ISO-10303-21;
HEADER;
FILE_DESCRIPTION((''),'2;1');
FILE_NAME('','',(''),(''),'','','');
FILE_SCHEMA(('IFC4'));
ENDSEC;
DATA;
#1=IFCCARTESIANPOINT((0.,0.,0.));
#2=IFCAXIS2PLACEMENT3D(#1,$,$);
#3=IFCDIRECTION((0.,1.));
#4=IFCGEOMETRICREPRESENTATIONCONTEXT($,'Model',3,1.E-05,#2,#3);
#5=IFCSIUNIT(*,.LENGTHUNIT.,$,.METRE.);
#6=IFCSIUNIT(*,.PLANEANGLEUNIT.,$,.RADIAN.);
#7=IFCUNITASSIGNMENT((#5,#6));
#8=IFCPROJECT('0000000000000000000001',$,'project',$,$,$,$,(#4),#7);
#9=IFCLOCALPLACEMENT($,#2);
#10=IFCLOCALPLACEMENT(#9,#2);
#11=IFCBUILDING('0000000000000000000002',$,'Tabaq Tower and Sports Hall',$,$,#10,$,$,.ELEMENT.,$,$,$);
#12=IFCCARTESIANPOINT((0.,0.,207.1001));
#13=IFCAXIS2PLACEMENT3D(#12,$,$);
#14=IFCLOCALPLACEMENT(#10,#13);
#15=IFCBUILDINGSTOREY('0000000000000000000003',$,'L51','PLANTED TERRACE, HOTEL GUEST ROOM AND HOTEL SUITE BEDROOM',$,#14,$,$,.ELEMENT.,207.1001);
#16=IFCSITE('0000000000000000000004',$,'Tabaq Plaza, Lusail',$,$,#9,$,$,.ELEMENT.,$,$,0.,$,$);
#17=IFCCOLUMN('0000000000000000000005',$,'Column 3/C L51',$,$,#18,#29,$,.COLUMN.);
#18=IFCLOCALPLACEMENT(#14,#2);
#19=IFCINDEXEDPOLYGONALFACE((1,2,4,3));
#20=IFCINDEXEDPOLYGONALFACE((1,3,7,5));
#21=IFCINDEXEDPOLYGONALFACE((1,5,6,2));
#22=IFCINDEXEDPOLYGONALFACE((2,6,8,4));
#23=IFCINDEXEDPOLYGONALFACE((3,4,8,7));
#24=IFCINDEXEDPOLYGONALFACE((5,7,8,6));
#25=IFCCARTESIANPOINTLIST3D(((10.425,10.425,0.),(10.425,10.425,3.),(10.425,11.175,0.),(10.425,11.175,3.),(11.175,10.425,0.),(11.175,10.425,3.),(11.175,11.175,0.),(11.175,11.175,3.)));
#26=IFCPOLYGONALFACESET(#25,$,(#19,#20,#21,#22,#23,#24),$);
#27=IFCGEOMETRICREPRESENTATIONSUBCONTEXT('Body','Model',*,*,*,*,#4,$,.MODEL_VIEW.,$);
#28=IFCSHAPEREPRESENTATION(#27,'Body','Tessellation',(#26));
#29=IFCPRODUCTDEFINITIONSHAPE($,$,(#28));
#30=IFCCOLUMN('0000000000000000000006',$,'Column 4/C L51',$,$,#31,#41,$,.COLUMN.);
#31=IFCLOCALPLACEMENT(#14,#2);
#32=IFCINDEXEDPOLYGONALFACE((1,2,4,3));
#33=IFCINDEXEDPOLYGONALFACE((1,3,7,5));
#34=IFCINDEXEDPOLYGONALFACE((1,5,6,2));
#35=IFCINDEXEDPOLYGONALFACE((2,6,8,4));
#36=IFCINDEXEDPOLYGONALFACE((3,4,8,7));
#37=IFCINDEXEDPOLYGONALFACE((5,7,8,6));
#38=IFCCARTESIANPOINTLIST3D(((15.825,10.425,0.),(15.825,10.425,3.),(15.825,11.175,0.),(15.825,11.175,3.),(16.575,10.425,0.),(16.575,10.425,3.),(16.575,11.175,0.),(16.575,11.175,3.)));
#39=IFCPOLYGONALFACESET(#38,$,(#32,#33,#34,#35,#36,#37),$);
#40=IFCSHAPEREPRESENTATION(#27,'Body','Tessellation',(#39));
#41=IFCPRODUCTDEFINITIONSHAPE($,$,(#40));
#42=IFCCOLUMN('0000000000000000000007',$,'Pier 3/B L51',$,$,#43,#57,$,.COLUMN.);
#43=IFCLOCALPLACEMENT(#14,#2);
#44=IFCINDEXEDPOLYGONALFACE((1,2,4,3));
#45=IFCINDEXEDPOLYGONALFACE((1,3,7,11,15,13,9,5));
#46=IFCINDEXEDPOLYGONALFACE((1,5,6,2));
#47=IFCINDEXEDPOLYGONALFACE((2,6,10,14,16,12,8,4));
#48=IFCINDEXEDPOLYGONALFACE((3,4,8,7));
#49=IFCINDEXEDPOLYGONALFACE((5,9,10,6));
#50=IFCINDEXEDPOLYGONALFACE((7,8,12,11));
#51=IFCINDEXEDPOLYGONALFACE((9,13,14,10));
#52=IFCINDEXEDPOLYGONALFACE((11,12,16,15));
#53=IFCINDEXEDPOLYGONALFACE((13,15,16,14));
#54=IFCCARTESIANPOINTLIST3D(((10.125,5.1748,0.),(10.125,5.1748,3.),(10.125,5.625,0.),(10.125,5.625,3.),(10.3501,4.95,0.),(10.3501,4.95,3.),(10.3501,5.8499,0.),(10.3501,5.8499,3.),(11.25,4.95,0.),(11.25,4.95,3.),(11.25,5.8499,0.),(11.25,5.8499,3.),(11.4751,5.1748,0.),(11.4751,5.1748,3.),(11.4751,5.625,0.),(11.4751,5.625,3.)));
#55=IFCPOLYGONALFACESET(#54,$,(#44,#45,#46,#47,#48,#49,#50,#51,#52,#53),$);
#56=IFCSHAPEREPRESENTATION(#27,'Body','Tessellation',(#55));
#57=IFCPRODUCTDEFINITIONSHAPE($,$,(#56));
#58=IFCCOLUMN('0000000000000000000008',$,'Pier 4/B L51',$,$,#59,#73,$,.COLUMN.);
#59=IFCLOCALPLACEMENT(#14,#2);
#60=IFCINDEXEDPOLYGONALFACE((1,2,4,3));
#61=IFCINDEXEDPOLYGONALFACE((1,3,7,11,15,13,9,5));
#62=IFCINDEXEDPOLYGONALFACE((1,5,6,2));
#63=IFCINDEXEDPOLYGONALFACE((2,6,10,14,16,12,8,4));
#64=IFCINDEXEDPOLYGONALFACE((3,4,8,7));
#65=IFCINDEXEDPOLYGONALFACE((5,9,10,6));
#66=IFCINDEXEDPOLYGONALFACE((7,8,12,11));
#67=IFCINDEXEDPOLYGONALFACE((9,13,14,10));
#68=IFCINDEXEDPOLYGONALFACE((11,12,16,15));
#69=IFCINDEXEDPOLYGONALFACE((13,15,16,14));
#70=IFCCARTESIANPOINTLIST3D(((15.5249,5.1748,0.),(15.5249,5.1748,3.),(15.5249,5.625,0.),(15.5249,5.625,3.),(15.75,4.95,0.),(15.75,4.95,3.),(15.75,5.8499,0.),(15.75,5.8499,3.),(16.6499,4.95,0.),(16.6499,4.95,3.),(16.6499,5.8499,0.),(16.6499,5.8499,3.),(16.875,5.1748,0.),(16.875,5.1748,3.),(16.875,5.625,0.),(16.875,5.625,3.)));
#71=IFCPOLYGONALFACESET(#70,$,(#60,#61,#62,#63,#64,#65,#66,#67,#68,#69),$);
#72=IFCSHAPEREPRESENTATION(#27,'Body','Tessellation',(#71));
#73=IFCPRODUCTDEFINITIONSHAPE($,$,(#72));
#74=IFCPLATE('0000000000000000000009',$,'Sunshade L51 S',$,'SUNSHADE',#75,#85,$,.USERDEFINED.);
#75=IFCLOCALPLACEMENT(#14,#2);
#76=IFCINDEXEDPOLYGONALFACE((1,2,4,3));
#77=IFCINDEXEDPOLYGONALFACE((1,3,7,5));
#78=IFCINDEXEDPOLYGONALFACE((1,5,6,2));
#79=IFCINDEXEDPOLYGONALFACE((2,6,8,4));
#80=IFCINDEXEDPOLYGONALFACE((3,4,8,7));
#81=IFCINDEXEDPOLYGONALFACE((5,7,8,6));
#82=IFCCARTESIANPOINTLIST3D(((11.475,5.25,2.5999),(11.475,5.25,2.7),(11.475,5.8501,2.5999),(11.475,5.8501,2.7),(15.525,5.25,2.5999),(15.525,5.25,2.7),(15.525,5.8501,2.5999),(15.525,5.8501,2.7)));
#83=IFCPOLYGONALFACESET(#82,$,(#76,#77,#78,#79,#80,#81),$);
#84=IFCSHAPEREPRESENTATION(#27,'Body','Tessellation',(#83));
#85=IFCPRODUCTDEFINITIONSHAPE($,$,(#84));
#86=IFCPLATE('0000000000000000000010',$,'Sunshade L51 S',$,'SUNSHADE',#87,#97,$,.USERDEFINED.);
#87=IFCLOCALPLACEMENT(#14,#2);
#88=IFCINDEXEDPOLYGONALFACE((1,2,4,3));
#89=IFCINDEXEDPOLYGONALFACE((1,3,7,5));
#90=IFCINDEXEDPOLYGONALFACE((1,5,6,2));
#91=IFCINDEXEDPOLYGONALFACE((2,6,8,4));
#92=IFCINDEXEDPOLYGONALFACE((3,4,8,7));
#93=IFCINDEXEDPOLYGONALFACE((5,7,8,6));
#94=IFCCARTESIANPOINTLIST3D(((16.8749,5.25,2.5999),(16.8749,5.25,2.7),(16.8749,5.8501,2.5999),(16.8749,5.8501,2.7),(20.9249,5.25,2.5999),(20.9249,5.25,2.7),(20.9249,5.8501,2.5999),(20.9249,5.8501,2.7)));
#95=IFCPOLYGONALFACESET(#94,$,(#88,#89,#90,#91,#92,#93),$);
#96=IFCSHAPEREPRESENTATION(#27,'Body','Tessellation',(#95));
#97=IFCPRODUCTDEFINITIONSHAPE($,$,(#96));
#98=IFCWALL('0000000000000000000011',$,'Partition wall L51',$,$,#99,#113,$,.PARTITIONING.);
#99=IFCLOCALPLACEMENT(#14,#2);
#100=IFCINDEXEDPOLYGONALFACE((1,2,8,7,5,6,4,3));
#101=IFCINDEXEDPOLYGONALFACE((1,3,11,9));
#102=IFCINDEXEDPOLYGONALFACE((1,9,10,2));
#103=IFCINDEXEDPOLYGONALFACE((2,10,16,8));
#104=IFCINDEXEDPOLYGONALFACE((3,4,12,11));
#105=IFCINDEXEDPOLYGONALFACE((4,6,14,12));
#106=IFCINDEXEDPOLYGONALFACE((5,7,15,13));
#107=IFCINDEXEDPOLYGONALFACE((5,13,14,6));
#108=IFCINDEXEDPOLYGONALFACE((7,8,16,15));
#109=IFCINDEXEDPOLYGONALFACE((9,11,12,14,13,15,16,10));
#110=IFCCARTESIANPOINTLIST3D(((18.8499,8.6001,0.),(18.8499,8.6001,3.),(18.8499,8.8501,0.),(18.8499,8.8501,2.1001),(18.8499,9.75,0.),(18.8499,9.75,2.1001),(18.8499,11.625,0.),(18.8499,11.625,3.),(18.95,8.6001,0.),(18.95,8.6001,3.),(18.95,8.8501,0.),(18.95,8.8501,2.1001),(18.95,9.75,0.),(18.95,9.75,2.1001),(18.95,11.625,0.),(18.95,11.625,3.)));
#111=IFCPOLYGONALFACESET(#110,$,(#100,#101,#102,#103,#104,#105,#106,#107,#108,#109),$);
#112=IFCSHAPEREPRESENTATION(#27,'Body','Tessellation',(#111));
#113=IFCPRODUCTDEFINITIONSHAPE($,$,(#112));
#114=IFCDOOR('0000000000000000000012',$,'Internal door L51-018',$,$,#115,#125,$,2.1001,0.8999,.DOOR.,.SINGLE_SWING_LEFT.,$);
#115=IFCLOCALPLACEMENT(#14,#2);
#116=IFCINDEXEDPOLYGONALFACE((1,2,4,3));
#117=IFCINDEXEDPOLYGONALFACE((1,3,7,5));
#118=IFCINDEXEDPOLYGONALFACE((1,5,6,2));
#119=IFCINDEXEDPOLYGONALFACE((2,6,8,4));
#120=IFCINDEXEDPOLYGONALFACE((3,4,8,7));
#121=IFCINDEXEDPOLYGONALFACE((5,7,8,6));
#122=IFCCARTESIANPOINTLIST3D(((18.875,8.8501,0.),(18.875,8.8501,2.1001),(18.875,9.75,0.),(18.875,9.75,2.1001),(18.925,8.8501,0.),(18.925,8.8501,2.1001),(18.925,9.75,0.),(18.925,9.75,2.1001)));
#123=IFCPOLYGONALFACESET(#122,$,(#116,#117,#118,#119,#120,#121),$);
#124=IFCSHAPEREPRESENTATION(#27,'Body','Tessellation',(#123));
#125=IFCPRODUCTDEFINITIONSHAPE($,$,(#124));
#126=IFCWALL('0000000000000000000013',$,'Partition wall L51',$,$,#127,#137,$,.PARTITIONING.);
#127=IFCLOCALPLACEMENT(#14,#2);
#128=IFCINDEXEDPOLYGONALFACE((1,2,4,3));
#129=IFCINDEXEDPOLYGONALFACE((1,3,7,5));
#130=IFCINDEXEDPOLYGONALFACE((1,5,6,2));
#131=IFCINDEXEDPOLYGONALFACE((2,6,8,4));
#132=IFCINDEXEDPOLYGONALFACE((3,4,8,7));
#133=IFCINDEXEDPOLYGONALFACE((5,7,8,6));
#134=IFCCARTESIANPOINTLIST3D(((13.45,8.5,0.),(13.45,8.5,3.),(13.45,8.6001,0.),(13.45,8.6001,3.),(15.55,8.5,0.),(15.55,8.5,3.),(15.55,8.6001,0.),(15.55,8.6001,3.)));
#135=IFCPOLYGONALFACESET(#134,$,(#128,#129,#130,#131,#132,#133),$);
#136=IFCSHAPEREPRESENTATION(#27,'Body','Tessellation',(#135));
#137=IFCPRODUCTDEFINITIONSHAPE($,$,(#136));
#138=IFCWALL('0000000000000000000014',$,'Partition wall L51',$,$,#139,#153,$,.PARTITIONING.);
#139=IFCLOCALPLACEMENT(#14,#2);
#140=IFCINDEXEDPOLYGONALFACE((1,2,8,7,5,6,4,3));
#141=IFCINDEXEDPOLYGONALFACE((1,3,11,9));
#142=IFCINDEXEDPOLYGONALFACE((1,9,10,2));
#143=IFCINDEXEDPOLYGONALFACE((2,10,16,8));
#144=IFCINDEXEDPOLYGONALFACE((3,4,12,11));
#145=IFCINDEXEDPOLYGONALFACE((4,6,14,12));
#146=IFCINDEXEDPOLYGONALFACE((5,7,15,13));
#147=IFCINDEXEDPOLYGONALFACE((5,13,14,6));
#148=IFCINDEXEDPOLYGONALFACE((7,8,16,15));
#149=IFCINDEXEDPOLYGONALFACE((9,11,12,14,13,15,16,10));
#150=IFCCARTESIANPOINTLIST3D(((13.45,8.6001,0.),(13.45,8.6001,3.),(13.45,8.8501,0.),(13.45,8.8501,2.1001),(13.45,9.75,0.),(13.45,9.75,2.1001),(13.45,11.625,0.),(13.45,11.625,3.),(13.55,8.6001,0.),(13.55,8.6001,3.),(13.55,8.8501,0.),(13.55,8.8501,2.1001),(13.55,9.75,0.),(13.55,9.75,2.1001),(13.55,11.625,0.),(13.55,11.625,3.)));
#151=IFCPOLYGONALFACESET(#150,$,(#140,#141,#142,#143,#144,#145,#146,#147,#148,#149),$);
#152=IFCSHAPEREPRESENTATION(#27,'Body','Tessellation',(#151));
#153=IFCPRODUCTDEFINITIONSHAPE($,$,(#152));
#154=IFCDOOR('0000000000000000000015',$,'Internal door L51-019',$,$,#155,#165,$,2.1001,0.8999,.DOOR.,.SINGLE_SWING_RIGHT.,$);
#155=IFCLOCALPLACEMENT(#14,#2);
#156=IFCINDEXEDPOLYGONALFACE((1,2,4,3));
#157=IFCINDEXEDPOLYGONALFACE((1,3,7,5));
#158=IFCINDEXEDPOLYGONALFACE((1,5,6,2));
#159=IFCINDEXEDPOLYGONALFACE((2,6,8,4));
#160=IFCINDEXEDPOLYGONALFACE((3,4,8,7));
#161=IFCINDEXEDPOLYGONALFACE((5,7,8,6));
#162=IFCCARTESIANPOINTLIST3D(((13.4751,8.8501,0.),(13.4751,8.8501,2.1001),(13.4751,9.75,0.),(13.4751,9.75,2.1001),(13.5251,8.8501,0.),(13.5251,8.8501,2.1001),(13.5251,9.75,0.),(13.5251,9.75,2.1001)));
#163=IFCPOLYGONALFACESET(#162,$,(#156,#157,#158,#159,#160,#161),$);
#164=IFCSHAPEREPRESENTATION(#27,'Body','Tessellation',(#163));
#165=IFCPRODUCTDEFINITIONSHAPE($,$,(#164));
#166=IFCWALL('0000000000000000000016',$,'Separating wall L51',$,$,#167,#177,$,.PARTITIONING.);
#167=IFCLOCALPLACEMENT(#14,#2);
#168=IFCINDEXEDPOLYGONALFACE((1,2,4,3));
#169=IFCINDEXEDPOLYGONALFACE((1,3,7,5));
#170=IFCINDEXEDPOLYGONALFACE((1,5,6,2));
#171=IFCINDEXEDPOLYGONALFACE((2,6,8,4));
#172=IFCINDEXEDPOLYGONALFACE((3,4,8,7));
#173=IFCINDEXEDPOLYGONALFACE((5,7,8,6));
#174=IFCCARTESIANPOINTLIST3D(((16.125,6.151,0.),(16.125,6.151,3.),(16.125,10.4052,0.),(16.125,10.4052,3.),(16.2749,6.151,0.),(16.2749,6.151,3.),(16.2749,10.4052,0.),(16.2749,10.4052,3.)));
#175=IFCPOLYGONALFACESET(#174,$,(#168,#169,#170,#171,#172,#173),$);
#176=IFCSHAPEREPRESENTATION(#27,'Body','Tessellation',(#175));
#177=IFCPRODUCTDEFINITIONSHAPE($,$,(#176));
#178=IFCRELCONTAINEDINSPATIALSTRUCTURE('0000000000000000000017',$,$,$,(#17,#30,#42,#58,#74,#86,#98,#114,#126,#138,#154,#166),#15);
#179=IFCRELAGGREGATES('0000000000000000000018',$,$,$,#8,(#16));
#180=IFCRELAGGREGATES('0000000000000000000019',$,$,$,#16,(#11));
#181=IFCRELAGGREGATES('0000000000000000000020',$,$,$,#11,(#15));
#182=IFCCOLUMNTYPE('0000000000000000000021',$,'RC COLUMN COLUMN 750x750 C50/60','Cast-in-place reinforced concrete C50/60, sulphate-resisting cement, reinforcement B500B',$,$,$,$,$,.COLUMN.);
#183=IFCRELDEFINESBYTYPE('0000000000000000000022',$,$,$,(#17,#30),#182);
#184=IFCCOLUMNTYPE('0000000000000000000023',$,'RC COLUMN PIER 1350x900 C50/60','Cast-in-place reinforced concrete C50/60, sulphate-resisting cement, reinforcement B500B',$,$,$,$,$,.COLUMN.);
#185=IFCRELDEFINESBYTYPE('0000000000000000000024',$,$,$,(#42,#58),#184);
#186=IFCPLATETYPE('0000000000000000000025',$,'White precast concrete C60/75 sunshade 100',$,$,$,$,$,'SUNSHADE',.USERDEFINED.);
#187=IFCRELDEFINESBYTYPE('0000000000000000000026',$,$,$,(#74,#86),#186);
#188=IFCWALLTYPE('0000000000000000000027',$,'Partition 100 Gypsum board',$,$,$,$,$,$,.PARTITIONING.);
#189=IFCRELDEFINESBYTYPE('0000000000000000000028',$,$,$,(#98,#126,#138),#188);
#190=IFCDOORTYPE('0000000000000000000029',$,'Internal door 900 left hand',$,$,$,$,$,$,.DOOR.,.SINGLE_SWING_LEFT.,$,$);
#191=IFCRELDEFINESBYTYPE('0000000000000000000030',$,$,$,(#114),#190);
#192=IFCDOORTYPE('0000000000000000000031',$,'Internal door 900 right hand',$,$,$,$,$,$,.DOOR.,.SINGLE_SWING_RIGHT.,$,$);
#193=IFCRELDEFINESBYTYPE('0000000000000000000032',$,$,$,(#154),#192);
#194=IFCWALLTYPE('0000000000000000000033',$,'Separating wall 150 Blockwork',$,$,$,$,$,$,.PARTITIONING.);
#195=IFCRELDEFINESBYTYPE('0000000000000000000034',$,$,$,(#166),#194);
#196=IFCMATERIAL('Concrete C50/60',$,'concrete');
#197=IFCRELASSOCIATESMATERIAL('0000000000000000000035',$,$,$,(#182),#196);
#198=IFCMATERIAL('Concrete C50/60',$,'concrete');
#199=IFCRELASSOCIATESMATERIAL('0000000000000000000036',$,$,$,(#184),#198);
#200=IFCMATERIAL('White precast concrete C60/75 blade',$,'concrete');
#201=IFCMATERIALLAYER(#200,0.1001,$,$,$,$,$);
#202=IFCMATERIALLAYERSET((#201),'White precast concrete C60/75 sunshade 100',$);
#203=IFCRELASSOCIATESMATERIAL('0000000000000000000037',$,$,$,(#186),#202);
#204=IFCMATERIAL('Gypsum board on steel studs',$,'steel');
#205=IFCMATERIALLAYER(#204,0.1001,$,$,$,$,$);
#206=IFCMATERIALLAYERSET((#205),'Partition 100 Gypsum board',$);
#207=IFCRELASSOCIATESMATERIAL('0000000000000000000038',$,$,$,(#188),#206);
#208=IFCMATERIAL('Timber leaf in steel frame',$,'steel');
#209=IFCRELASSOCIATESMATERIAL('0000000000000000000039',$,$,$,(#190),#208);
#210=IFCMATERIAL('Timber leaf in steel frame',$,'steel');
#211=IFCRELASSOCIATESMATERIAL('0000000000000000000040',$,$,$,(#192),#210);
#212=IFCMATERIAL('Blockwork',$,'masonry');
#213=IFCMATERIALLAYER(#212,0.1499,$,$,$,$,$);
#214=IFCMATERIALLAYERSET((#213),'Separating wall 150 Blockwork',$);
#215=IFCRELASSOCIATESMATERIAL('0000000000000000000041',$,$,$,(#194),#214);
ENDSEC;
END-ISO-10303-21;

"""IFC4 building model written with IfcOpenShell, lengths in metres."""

from ifc_helpers import new_model, si_unit, direction, frame, frame_2d, origin, origin_2d, place, context, subcontext, project, spatial, polyline, rectangle, outline, extrude, material, layer, layer_set, material_profile, profile_set, type_object, element, fill, save


model = new_model("IFC4")

# Units and contexts
model_context = context("Model", 3, precision=1e-05, world=origin(), true_north=direction((0.0, 1.0)))
body_context = subcontext(model_context, "Body", "Model", "MODEL_VIEW")
ifc_project = project(units=[si_unit("LENGTHUNIT", "METRE"), si_unit("PLANEANGLEUNIT", "RADIAN")], contexts=[model_context])

# Site, building, storey
site_placement = place(None, origin())
site = spatial("IfcSite", under=ifc_project, at=site_placement, Name="Tabaq Plaza, Lusail", CompositionType="ELEMENT", RefElevation=0.0)
building_placement = place(site_placement, origin())
building = spatial("IfcBuilding", under=site, at=building_placement, Name="Tabaq Tower and Sports Hall", CompositionType="ELEMENT")
storey_placement = place(building_placement, frame((0.0, 0.0, 207.1001)))
storey = spatial("IfcBuildingStorey", under=building, at=storey_placement, Name="L51", Description="PLANTED TERRACE, HOTEL GUEST ROOM AND HOTEL SUITE BEDROOM", CompositionType="ELEMENT", Elevation=207.1001)

# Columns
ifc_material_1 = material(Name="Concrete C50/60", Category="concrete")
ifc_material_profile_1 = material_profile(ifc_material_1, rectangle(XDim=0.75, YDim=0.75, at=origin_2d()), Name="COLUMN 750x750")
ifc_profile_set_1 = profile_set([ifc_material_profile_1], Name="Concrete C50/60")
column_type_1 = type_object("IfcColumnType", Name="RC COLUMN COLUMN 750x750 C50/60", Description="Cast-in-place reinforced concrete C50/60, sulphate-resisting cement, reinforcement B500B", PredefinedType="COLUMN", material=ifc_profile_set_1)
for number, where, z_axis, x_axis, name in (
    (1, (10.8, 10.8, 0.0), (0.0, 0.0, 1.0), (1.0, 0.0, 0.0), "Column 3/C L51"),
    (2, (16.2, 10.8, 0.0), (0.0, 0.0, 1.0), (1.0, 0.0, 0.0), "Column 4/C L51"),
):
    element("IfcColumn", number, at=place(storey_placement, frame(where, z_axis=z_axis, x_axis=x_axis)), inside=storey, type_object=column_type_1, Name=name, PredefinedType="COLUMN", context=body_context, shape_type="SweptSolid", body=[
        extrude(rectangle(XDim=0.75, YDim=0.75, at=origin_2d()), origin(), (0.0, 0.0, 1.0), 3.0),
    ])
ifc_material_2 = material(Name="Concrete C50/60", Category="concrete")
ifc_material_profile_2 = material_profile(ifc_material_2, outline(polyline([(-0.45, -0.45), (0.45, -0.45), (0.675, -0.2251), (0.675, 0.2251), (0.45, 0.45), (-0.45, 0.45), (-0.675, 0.2251), (-0.675, -0.2251), (-0.45, -0.45)])), Name="PIER 1350x900")
ifc_profile_set_2 = profile_set([ifc_material_profile_2], Name="Concrete C50/60")
column_type_2 = type_object("IfcColumnType", Name="RC COLUMN PIER 1350x900 C50/60", Description="Cast-in-place reinforced concrete C50/60, sulphate-resisting cement, reinforcement B500B", PredefinedType="COLUMN", material=ifc_profile_set_2)
for number, where, z_axis, x_axis, name in (
    (3, (10.8, 5.3999, 0.0), (0.0, 0.0, 1.0), (1.0, 0.0, 0.0), "Pier 3/B L51"),
    (4, (16.2, 5.3999, 0.0), (0.0, 0.0, 1.0), (1.0, 0.0, 0.0), "Pier 4/B L51"),
):
    element("IfcColumn", number, at=place(storey_placement, frame(where, z_axis=z_axis, x_axis=x_axis)), inside=storey, type_object=column_type_2, Name=name, PredefinedType="COLUMN", context=body_context, shape_type="SweptSolid", body=[
        extrude(outline(polyline([(-0.45, -0.45), (0.45, -0.45), (0.675, -0.2251), (0.675, 0.2251), (0.45, 0.45), (-0.45, 0.45), (-0.675, 0.2251), (-0.675, -0.2251), (-0.45, -0.45)])), origin(), (0.0, 0.0, 1.0), 3.0),
    ])

# Plates
ifc_material_3 = material(Name="White precast concrete C60/75 blade", Category="concrete")
ifc_layer_1 = layer(ifc_material_3, 0.1001)
ifc_layer_set_1 = layer_set([ifc_layer_1], Name="White precast concrete C60/75 sunshade 100")
plate_type = type_object("IfcPlateType", Name="White precast concrete C60/75 sunshade 100", ElementType="SUNSHADE", PredefinedType="USERDEFINED", material=ifc_layer_set_1)
for number, where, z_axis, x_axis, name in (
    (5, (13.5, 5.55, 2.5999), (0.0, 0.0, 1.0), (1.0, 0.0, 0.0), "Sunshade L51 S"),
    (6, (18.8999, 5.55, 2.5999), (0.0, 0.0, 1.0), (1.0, 0.0, 0.0), "Sunshade L51 S"),
):
    element("IfcPlate", number, at=place(storey_placement, frame(where, z_axis=z_axis, x_axis=x_axis)), inside=storey, type_object=plate_type, Name=name, ObjectType="SUNSHADE", PredefinedType="USERDEFINED", context=body_context, shape_type="SweptSolid", body=[
        extrude(rectangle(XDim=4.05, YDim=0.6001, at=origin_2d()), origin(), (0.0, 0.0, 1.0), 0.1001),
    ])

# Wall, opening, door
ifc_material_4 = material(Name="Gypsum board on steel studs", Category="steel")
ifc_layer_2 = layer(ifc_material_4, 0.1001)
ifc_layer_set_2 = layer_set([ifc_layer_2], Name="Partition 100 Gypsum board")
wall_type_1 = type_object("IfcWallType", Name="Partition 100 Gypsum board", PredefinedType="PARTITIONING", material=ifc_layer_set_2)
wall_1_placement = place(storey_placement, frame((18.8999, 8.6001, 0.0), z_axis=(0.0, 0.0, 1.0), x_axis=(0.0, 1.0, 0.0)))
wall_1 = element("IfcWall", 7, at=wall_1_placement, inside=storey, type_object=wall_type_1, Name="Partition wall L51", PredefinedType="PARTITIONING", context=body_context, shape_type="SweptSolid", body=[
    extrude(rectangle(XDim=3.0249, YDim=0.1001, at=frame_2d((1.5125, 0.0))), origin(), (0.0, 0.0, 1.0), 3.0),
])
opening_1_placement = place(wall_1_placement, frame((0.25, 0.0, 0.0)))
opening_1 = element("IfcOpeningElement", 8, at=opening_1_placement, cuts=wall_1, PredefinedType="OPENING", context=body_context, shape_type="SweptSolid", body=[
    extrude(rectangle(XDim=0.8999, YDim=2.1001, at=frame_2d((0.45, 1.05))), frame((0.0, 0.05, 0.0), z_axis=(0.0, -1.0, 0.0), x_axis=(1.0, 0.0, 0.0)), (0.0, 0.0, 1.0), 0.1001),
])
ifc_material_5 = material(Name="Timber leaf in steel frame", Category="steel")
door_type_1 = type_object("IfcDoorType", Name="Internal door 900 left hand", OperationType="SINGLE_SWING_LEFT", PredefinedType="DOOR", material=ifc_material_5)
door_1_placement = place(opening_1_placement, origin())
door_1 = element("IfcDoor", 9, at=door_1_placement, inside=storey, type_object=door_type_1, Name="Internal door L51-018", OperationType="SINGLE_SWING_LEFT", OverallHeight=2.1001, OverallWidth=0.8999, PredefinedType="DOOR", context=body_context, shape_type="SweptSolid", body=[
    extrude(rectangle(XDim=0.8999, YDim=2.1001, at=frame_2d((0.45, 1.05))), frame((0.0, 0.0249, 0.0), z_axis=(0.0, -1.0, 0.0), x_axis=(1.0, 0.0, 0.0)), (0.0, 0.0, 1.0), 0.05),
])
fill(opening_1, door_1)

# Wall
wall_2_placement = place(storey_placement, frame((15.55, 8.55, 0.0), z_axis=(0.0, 0.0, 1.0), x_axis=(-1.0, 0.0, 0.0)))
element("IfcWall", 10, at=wall_2_placement, inside=storey, type_object=wall_type_1, Name="Partition wall L51", PredefinedType="PARTITIONING", context=body_context, shape_type="SweptSolid", body=[
    extrude(rectangle(XDim=2.1001, YDim=0.1001, at=frame_2d((1.05, 0.0))), origin(), (0.0, 0.0, 1.0), 3.0),
])

# Wall, opening, door
wall_3_placement = place(storey_placement, frame((13.5, 8.6001, 0.0), z_axis=(0.0, 0.0, 1.0), x_axis=(0.0, 1.0, 0.0)))
wall_3 = element("IfcWall", 11, at=wall_3_placement, inside=storey, type_object=wall_type_1, Name="Partition wall L51", PredefinedType="PARTITIONING", context=body_context, shape_type="SweptSolid", body=[
    extrude(rectangle(XDim=3.0249, YDim=0.1001, at=frame_2d((1.5125, 0.0))), origin(), (0.0, 0.0, 1.0), 3.0),
])
opening_2_placement = place(wall_3_placement, frame((0.25, 0.0, 0.0)))
opening_2 = element("IfcOpeningElement", 12, at=opening_2_placement, cuts=wall_3, PredefinedType="OPENING", context=body_context, shape_type="SweptSolid", body=[
    extrude(rectangle(XDim=0.8999, YDim=2.1001, at=frame_2d((0.45, 1.05))), frame((0.0, 0.05, 0.0), z_axis=(0.0, -1.0, 0.0), x_axis=(1.0, 0.0, 0.0)), (0.0, 0.0, 1.0), 0.1001),
])
ifc_material_6 = material(Name="Timber leaf in steel frame", Category="steel")
door_type_2 = type_object("IfcDoorType", Name="Internal door 900 right hand", OperationType="SINGLE_SWING_RIGHT", PredefinedType="DOOR", material=ifc_material_6)
door_2_placement = place(opening_2_placement, origin())
door_2 = element("IfcDoor", 13, at=door_2_placement, inside=storey, type_object=door_type_2, Name="Internal door L51-019", OperationType="SINGLE_SWING_RIGHT", OverallHeight=2.1001, OverallWidth=0.8999, PredefinedType="DOOR", context=body_context, shape_type="SweptSolid", body=[
    extrude(rectangle(XDim=0.8999, YDim=2.1001, at=frame_2d((0.45, 1.05))), frame((0.0, 0.0249, 0.0), z_axis=(0.0, -1.0, 0.0), x_axis=(1.0, 0.0, 0.0)), (0.0, 0.0, 1.0), 0.05),
])
fill(opening_2, door_2)

# Wall
ifc_material_7 = material(Name="Blockwork", Category="masonry")
ifc_layer_3 = layer(ifc_material_7, 0.1499)
ifc_layer_set_3 = layer_set([ifc_layer_3], Name="Separating wall 150 Blockwork")
wall_type_2 = type_object("IfcWallType", Name="Separating wall 150 Blockwork", PredefinedType="PARTITIONING", material=ifc_layer_set_3)
for number, where, z_axis, x_axis, name in (
    (14, (16.2, 10.405, 0.0), (0.0, 0.0, 1.0), (0.0, -1.0, 0.0), "Separating wall L51"),
):
    element("IfcWall", number, at=place(storey_placement, frame(where, z_axis=z_axis, x_axis=x_axis)), inside=storey, type_object=wall_type_2, Name=name, PredefinedType="PARTITIONING", context=body_context, shape_type="SweptSolid", body=[
        extrude(rectangle(XDim=4.2542, YDim=0.1499, at=frame_2d((2.127, 0.0))), origin(), (0.0, 0.0, 1.0), 3.0),
    ])

save(model, "model.ifc")
